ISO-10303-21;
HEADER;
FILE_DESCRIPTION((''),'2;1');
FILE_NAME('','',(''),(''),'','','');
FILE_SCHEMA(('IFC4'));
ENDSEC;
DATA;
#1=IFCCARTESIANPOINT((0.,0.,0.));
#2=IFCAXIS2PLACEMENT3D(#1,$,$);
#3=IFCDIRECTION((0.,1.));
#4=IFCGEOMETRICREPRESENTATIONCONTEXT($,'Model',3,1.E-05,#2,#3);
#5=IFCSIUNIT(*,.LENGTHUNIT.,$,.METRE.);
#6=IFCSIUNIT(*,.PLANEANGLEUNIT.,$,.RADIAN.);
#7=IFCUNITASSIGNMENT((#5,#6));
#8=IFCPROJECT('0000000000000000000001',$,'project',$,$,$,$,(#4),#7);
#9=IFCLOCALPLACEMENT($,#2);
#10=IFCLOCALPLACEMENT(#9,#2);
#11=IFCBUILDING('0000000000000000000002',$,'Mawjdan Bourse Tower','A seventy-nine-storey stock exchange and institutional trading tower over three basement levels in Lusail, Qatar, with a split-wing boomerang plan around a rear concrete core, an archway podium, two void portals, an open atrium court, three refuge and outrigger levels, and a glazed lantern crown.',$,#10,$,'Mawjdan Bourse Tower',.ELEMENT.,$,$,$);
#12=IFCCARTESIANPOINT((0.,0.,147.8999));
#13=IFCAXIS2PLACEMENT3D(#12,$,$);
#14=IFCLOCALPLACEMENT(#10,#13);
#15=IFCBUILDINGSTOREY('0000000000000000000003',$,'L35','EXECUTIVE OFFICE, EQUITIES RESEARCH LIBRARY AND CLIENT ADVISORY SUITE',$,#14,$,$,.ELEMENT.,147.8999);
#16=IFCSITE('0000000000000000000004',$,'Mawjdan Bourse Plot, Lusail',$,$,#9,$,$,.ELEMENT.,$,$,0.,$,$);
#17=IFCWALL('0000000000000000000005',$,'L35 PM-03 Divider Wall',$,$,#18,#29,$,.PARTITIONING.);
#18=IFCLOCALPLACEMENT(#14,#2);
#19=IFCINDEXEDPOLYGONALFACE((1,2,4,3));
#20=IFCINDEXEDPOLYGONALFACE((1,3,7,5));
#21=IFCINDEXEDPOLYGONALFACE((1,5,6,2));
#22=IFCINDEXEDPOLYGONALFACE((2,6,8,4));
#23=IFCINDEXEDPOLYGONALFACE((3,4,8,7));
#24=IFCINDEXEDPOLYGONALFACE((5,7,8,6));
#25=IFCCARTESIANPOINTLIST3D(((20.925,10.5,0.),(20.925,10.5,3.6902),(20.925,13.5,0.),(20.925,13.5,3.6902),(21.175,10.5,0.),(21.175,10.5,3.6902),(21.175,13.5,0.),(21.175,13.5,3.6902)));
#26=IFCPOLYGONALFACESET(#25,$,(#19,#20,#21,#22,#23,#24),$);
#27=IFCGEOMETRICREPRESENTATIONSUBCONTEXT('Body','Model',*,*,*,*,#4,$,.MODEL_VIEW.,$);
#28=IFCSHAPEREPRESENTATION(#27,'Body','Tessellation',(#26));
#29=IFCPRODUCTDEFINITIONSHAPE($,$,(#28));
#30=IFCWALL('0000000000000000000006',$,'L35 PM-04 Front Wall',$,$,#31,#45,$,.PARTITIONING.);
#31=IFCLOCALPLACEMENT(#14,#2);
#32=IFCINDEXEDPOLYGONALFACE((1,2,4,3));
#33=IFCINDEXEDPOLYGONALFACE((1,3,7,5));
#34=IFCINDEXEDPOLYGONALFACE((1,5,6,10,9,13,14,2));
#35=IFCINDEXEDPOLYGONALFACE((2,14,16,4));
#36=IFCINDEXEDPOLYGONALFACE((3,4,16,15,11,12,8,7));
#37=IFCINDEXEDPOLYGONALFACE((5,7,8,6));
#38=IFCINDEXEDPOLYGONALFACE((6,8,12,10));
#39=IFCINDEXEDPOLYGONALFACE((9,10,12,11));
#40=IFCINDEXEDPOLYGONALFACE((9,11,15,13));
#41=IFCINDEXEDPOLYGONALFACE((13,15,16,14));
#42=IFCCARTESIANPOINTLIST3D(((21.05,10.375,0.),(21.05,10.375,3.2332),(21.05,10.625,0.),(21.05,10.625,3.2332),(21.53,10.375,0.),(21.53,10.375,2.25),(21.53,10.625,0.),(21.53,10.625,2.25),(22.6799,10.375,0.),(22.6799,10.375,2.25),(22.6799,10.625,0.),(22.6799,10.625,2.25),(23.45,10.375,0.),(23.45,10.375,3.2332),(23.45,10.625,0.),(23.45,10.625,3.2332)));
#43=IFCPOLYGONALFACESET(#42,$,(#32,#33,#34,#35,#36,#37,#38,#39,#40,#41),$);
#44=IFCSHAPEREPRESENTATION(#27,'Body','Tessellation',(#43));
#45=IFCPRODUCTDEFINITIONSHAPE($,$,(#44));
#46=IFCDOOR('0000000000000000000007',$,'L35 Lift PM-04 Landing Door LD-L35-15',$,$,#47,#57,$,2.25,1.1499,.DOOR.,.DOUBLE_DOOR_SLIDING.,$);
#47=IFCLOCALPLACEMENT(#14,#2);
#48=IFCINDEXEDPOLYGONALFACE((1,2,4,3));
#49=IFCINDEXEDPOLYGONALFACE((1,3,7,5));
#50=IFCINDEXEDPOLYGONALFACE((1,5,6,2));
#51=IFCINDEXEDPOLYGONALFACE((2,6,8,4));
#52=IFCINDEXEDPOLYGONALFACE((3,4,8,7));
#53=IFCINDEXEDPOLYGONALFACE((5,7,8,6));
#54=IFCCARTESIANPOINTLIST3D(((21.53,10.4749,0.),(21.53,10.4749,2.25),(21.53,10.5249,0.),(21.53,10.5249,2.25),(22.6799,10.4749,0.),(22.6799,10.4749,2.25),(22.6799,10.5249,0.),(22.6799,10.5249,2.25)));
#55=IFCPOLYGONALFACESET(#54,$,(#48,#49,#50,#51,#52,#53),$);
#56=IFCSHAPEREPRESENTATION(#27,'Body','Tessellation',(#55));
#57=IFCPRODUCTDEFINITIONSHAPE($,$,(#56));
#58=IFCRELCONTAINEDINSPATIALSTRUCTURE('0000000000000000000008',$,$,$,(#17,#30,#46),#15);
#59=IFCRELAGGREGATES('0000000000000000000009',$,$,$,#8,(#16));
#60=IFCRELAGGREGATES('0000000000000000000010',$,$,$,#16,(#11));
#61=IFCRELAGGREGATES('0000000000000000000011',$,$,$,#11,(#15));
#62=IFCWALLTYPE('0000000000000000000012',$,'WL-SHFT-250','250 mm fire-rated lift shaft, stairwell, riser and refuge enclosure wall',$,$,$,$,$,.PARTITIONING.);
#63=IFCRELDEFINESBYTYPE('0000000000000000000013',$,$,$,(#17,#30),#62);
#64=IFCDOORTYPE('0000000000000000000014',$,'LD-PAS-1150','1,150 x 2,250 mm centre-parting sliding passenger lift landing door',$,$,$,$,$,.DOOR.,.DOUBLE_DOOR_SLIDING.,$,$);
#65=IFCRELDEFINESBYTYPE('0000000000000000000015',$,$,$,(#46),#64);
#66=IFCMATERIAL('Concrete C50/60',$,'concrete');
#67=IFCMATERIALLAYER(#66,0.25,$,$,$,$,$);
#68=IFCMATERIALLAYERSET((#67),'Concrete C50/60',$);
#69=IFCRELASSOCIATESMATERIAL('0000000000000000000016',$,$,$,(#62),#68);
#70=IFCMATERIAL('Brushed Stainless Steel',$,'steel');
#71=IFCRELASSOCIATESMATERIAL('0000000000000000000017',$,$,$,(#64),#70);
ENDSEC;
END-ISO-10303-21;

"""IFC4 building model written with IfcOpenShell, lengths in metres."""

from ifc_helpers import new_model, si_unit, direction, frame, frame_2d, origin, place, context, subcontext, project, spatial, rectangle, extrude, material, layer, layer_set, type_object, element, fill, save


model = new_model("IFC4")

# Units and contexts
model_context = context("Model", 3, precision=1e-05, world=origin(), true_north=direction((0.0, 1.0)))
body_context = subcontext(model_context, "Body", "Model", "MODEL_VIEW")
ifc_project = project(units=[si_unit("LENGTHUNIT", "METRE"), si_unit("PLANEANGLEUNIT", "RADIAN")], contexts=[model_context])

# Site, building, storey
site_placement = place(None, origin())
site = spatial("IfcSite", under=ifc_project, at=site_placement, Name="Mawjdan Bourse Plot, Lusail", CompositionType="ELEMENT", RefElevation=0.0)
building_placement = place(site_placement, origin())
building = spatial("IfcBuilding", under=site, at=building_placement, Name="Mawjdan Bourse Tower", Description="A seventy-nine-storey stock exchange and institutional trading tower over three basement levels in Lusail, Qatar, with a split-wing boomerang plan around a rear concrete core, an archway podium, two void portals, an open atrium court, three refuge and outrigger levels, and a glazed lantern crown.", LongName="Mawjdan Bourse Tower", CompositionType="ELEMENT")
storey_placement = place(building_placement, frame((0.0, 0.0, 147.8999)))
storey = spatial("IfcBuildingStorey", under=building, at=storey_placement, Name="L35", Description="EXECUTIVE OFFICE, EQUITIES RESEARCH LIBRARY AND CLIENT ADVISORY SUITE", CompositionType="ELEMENT", Elevation=147.8999)

# Shared definitions
ifc_material_1 = material(Name="Concrete C50/60", Category="concrete")
ifc_layer_1 = layer(ifc_material_1, 0.25)
ifc_layer_set_1 = layer_set([ifc_layer_1], Name="Concrete C50/60")
wall_type_1 = type_object("IfcWallType", Name="WL-SHFT-250", Description="250 mm fire-rated lift shaft, stairwell, riser and refuge enclosure wall", PredefinedType="PARTITIONING", material=ifc_layer_set_1)

# Shared definitions
ifc_material_2 = material(Name="Brushed Stainless Steel", Category="steel")
door_type_1 = type_object("IfcDoorType", Name="LD-PAS-1150", Description="1,150 x 2,250 mm centre-parting sliding passenger lift landing door", OperationType="DOUBLE_DOOR_SLIDING", PredefinedType="DOOR", material=ifc_material_2)

# Wall
wall_1_placement = place(storey_placement, frame((21.05, 10.5, 0.0), z_axis=(0.0, 0.0, 1.0), x_axis=(0.0, 1.0, 0.0)))
element("IfcWall", 1, at=wall_1_placement, inside=storey, type_object=wall_type_1, Name="L35 PM-03 Divider Wall", PredefinedType="PARTITIONING", context=body_context, shape_type="SweptSolid", body=[
    extrude(rectangle(XDim=3.0, YDim=0.25, at=frame_2d((1.5, 0.0))), origin(), (0.0, 0.0, 1.0), 3.6902),
])

# Wall, opening, door
wall_2_placement = place(storey_placement, frame((21.05, 10.5, 0.0), z_axis=(0.0, 0.0, 1.0), x_axis=(1.0, 0.0, 0.0)))
wall_2 = element("IfcWall", 2, at=wall_2_placement, inside=storey, type_object=wall_type_1, Name="L35 PM-04 Front Wall", PredefinedType="PARTITIONING", context=body_context, shape_type="SweptSolid", body=[
    extrude(rectangle(XDim=2.3999, YDim=0.25, at=frame_2d((1.2, 0.0))), origin(), (0.0, 0.0, 1.0), 3.2332),
])
opening_1_placement = place(wall_2_placement, frame((0.48, 0.0, 0.0)))
opening_1 = element("IfcOpeningElement", 3, at=opening_1_placement, cuts=wall_2, PredefinedType="OPENING", context=body_context, shape_type="SweptSolid", body=[
    extrude(rectangle(XDim=1.1499, YDim=2.25, at=frame_2d((0.575, 1.125))), frame((0.0, 0.135, 0.0), z_axis=(0.0, -1.0, 0.0), x_axis=(1.0, 0.0, 0.0)), (0.0, 0.0, 1.0), 0.27),
])
door_1_placement = place(opening_1_placement, origin())
door_1 = element("IfcDoor", 4, at=door_1_placement, inside=storey, type_object=door_type_1, Name="L35 Lift PM-04 Landing Door LD-L35-15", OperationType="DOUBLE_DOOR_SLIDING", OverallHeight=2.25, OverallWidth=1.1499, PredefinedType="DOOR", context=body_context, shape_type="SweptSolid", body=[
    extrude(rectangle(XDim=1.1499, YDim=2.25, at=frame_2d((0.575, 1.125))), frame((0.0, 0.0249, 0.0), z_axis=(0.0, -1.0, 0.0), x_axis=(1.0, 0.0, 0.0)), (0.0, 0.0, 1.0), 0.05),
])
fill(opening_1, door_1)

save(model, "model.ifc")
